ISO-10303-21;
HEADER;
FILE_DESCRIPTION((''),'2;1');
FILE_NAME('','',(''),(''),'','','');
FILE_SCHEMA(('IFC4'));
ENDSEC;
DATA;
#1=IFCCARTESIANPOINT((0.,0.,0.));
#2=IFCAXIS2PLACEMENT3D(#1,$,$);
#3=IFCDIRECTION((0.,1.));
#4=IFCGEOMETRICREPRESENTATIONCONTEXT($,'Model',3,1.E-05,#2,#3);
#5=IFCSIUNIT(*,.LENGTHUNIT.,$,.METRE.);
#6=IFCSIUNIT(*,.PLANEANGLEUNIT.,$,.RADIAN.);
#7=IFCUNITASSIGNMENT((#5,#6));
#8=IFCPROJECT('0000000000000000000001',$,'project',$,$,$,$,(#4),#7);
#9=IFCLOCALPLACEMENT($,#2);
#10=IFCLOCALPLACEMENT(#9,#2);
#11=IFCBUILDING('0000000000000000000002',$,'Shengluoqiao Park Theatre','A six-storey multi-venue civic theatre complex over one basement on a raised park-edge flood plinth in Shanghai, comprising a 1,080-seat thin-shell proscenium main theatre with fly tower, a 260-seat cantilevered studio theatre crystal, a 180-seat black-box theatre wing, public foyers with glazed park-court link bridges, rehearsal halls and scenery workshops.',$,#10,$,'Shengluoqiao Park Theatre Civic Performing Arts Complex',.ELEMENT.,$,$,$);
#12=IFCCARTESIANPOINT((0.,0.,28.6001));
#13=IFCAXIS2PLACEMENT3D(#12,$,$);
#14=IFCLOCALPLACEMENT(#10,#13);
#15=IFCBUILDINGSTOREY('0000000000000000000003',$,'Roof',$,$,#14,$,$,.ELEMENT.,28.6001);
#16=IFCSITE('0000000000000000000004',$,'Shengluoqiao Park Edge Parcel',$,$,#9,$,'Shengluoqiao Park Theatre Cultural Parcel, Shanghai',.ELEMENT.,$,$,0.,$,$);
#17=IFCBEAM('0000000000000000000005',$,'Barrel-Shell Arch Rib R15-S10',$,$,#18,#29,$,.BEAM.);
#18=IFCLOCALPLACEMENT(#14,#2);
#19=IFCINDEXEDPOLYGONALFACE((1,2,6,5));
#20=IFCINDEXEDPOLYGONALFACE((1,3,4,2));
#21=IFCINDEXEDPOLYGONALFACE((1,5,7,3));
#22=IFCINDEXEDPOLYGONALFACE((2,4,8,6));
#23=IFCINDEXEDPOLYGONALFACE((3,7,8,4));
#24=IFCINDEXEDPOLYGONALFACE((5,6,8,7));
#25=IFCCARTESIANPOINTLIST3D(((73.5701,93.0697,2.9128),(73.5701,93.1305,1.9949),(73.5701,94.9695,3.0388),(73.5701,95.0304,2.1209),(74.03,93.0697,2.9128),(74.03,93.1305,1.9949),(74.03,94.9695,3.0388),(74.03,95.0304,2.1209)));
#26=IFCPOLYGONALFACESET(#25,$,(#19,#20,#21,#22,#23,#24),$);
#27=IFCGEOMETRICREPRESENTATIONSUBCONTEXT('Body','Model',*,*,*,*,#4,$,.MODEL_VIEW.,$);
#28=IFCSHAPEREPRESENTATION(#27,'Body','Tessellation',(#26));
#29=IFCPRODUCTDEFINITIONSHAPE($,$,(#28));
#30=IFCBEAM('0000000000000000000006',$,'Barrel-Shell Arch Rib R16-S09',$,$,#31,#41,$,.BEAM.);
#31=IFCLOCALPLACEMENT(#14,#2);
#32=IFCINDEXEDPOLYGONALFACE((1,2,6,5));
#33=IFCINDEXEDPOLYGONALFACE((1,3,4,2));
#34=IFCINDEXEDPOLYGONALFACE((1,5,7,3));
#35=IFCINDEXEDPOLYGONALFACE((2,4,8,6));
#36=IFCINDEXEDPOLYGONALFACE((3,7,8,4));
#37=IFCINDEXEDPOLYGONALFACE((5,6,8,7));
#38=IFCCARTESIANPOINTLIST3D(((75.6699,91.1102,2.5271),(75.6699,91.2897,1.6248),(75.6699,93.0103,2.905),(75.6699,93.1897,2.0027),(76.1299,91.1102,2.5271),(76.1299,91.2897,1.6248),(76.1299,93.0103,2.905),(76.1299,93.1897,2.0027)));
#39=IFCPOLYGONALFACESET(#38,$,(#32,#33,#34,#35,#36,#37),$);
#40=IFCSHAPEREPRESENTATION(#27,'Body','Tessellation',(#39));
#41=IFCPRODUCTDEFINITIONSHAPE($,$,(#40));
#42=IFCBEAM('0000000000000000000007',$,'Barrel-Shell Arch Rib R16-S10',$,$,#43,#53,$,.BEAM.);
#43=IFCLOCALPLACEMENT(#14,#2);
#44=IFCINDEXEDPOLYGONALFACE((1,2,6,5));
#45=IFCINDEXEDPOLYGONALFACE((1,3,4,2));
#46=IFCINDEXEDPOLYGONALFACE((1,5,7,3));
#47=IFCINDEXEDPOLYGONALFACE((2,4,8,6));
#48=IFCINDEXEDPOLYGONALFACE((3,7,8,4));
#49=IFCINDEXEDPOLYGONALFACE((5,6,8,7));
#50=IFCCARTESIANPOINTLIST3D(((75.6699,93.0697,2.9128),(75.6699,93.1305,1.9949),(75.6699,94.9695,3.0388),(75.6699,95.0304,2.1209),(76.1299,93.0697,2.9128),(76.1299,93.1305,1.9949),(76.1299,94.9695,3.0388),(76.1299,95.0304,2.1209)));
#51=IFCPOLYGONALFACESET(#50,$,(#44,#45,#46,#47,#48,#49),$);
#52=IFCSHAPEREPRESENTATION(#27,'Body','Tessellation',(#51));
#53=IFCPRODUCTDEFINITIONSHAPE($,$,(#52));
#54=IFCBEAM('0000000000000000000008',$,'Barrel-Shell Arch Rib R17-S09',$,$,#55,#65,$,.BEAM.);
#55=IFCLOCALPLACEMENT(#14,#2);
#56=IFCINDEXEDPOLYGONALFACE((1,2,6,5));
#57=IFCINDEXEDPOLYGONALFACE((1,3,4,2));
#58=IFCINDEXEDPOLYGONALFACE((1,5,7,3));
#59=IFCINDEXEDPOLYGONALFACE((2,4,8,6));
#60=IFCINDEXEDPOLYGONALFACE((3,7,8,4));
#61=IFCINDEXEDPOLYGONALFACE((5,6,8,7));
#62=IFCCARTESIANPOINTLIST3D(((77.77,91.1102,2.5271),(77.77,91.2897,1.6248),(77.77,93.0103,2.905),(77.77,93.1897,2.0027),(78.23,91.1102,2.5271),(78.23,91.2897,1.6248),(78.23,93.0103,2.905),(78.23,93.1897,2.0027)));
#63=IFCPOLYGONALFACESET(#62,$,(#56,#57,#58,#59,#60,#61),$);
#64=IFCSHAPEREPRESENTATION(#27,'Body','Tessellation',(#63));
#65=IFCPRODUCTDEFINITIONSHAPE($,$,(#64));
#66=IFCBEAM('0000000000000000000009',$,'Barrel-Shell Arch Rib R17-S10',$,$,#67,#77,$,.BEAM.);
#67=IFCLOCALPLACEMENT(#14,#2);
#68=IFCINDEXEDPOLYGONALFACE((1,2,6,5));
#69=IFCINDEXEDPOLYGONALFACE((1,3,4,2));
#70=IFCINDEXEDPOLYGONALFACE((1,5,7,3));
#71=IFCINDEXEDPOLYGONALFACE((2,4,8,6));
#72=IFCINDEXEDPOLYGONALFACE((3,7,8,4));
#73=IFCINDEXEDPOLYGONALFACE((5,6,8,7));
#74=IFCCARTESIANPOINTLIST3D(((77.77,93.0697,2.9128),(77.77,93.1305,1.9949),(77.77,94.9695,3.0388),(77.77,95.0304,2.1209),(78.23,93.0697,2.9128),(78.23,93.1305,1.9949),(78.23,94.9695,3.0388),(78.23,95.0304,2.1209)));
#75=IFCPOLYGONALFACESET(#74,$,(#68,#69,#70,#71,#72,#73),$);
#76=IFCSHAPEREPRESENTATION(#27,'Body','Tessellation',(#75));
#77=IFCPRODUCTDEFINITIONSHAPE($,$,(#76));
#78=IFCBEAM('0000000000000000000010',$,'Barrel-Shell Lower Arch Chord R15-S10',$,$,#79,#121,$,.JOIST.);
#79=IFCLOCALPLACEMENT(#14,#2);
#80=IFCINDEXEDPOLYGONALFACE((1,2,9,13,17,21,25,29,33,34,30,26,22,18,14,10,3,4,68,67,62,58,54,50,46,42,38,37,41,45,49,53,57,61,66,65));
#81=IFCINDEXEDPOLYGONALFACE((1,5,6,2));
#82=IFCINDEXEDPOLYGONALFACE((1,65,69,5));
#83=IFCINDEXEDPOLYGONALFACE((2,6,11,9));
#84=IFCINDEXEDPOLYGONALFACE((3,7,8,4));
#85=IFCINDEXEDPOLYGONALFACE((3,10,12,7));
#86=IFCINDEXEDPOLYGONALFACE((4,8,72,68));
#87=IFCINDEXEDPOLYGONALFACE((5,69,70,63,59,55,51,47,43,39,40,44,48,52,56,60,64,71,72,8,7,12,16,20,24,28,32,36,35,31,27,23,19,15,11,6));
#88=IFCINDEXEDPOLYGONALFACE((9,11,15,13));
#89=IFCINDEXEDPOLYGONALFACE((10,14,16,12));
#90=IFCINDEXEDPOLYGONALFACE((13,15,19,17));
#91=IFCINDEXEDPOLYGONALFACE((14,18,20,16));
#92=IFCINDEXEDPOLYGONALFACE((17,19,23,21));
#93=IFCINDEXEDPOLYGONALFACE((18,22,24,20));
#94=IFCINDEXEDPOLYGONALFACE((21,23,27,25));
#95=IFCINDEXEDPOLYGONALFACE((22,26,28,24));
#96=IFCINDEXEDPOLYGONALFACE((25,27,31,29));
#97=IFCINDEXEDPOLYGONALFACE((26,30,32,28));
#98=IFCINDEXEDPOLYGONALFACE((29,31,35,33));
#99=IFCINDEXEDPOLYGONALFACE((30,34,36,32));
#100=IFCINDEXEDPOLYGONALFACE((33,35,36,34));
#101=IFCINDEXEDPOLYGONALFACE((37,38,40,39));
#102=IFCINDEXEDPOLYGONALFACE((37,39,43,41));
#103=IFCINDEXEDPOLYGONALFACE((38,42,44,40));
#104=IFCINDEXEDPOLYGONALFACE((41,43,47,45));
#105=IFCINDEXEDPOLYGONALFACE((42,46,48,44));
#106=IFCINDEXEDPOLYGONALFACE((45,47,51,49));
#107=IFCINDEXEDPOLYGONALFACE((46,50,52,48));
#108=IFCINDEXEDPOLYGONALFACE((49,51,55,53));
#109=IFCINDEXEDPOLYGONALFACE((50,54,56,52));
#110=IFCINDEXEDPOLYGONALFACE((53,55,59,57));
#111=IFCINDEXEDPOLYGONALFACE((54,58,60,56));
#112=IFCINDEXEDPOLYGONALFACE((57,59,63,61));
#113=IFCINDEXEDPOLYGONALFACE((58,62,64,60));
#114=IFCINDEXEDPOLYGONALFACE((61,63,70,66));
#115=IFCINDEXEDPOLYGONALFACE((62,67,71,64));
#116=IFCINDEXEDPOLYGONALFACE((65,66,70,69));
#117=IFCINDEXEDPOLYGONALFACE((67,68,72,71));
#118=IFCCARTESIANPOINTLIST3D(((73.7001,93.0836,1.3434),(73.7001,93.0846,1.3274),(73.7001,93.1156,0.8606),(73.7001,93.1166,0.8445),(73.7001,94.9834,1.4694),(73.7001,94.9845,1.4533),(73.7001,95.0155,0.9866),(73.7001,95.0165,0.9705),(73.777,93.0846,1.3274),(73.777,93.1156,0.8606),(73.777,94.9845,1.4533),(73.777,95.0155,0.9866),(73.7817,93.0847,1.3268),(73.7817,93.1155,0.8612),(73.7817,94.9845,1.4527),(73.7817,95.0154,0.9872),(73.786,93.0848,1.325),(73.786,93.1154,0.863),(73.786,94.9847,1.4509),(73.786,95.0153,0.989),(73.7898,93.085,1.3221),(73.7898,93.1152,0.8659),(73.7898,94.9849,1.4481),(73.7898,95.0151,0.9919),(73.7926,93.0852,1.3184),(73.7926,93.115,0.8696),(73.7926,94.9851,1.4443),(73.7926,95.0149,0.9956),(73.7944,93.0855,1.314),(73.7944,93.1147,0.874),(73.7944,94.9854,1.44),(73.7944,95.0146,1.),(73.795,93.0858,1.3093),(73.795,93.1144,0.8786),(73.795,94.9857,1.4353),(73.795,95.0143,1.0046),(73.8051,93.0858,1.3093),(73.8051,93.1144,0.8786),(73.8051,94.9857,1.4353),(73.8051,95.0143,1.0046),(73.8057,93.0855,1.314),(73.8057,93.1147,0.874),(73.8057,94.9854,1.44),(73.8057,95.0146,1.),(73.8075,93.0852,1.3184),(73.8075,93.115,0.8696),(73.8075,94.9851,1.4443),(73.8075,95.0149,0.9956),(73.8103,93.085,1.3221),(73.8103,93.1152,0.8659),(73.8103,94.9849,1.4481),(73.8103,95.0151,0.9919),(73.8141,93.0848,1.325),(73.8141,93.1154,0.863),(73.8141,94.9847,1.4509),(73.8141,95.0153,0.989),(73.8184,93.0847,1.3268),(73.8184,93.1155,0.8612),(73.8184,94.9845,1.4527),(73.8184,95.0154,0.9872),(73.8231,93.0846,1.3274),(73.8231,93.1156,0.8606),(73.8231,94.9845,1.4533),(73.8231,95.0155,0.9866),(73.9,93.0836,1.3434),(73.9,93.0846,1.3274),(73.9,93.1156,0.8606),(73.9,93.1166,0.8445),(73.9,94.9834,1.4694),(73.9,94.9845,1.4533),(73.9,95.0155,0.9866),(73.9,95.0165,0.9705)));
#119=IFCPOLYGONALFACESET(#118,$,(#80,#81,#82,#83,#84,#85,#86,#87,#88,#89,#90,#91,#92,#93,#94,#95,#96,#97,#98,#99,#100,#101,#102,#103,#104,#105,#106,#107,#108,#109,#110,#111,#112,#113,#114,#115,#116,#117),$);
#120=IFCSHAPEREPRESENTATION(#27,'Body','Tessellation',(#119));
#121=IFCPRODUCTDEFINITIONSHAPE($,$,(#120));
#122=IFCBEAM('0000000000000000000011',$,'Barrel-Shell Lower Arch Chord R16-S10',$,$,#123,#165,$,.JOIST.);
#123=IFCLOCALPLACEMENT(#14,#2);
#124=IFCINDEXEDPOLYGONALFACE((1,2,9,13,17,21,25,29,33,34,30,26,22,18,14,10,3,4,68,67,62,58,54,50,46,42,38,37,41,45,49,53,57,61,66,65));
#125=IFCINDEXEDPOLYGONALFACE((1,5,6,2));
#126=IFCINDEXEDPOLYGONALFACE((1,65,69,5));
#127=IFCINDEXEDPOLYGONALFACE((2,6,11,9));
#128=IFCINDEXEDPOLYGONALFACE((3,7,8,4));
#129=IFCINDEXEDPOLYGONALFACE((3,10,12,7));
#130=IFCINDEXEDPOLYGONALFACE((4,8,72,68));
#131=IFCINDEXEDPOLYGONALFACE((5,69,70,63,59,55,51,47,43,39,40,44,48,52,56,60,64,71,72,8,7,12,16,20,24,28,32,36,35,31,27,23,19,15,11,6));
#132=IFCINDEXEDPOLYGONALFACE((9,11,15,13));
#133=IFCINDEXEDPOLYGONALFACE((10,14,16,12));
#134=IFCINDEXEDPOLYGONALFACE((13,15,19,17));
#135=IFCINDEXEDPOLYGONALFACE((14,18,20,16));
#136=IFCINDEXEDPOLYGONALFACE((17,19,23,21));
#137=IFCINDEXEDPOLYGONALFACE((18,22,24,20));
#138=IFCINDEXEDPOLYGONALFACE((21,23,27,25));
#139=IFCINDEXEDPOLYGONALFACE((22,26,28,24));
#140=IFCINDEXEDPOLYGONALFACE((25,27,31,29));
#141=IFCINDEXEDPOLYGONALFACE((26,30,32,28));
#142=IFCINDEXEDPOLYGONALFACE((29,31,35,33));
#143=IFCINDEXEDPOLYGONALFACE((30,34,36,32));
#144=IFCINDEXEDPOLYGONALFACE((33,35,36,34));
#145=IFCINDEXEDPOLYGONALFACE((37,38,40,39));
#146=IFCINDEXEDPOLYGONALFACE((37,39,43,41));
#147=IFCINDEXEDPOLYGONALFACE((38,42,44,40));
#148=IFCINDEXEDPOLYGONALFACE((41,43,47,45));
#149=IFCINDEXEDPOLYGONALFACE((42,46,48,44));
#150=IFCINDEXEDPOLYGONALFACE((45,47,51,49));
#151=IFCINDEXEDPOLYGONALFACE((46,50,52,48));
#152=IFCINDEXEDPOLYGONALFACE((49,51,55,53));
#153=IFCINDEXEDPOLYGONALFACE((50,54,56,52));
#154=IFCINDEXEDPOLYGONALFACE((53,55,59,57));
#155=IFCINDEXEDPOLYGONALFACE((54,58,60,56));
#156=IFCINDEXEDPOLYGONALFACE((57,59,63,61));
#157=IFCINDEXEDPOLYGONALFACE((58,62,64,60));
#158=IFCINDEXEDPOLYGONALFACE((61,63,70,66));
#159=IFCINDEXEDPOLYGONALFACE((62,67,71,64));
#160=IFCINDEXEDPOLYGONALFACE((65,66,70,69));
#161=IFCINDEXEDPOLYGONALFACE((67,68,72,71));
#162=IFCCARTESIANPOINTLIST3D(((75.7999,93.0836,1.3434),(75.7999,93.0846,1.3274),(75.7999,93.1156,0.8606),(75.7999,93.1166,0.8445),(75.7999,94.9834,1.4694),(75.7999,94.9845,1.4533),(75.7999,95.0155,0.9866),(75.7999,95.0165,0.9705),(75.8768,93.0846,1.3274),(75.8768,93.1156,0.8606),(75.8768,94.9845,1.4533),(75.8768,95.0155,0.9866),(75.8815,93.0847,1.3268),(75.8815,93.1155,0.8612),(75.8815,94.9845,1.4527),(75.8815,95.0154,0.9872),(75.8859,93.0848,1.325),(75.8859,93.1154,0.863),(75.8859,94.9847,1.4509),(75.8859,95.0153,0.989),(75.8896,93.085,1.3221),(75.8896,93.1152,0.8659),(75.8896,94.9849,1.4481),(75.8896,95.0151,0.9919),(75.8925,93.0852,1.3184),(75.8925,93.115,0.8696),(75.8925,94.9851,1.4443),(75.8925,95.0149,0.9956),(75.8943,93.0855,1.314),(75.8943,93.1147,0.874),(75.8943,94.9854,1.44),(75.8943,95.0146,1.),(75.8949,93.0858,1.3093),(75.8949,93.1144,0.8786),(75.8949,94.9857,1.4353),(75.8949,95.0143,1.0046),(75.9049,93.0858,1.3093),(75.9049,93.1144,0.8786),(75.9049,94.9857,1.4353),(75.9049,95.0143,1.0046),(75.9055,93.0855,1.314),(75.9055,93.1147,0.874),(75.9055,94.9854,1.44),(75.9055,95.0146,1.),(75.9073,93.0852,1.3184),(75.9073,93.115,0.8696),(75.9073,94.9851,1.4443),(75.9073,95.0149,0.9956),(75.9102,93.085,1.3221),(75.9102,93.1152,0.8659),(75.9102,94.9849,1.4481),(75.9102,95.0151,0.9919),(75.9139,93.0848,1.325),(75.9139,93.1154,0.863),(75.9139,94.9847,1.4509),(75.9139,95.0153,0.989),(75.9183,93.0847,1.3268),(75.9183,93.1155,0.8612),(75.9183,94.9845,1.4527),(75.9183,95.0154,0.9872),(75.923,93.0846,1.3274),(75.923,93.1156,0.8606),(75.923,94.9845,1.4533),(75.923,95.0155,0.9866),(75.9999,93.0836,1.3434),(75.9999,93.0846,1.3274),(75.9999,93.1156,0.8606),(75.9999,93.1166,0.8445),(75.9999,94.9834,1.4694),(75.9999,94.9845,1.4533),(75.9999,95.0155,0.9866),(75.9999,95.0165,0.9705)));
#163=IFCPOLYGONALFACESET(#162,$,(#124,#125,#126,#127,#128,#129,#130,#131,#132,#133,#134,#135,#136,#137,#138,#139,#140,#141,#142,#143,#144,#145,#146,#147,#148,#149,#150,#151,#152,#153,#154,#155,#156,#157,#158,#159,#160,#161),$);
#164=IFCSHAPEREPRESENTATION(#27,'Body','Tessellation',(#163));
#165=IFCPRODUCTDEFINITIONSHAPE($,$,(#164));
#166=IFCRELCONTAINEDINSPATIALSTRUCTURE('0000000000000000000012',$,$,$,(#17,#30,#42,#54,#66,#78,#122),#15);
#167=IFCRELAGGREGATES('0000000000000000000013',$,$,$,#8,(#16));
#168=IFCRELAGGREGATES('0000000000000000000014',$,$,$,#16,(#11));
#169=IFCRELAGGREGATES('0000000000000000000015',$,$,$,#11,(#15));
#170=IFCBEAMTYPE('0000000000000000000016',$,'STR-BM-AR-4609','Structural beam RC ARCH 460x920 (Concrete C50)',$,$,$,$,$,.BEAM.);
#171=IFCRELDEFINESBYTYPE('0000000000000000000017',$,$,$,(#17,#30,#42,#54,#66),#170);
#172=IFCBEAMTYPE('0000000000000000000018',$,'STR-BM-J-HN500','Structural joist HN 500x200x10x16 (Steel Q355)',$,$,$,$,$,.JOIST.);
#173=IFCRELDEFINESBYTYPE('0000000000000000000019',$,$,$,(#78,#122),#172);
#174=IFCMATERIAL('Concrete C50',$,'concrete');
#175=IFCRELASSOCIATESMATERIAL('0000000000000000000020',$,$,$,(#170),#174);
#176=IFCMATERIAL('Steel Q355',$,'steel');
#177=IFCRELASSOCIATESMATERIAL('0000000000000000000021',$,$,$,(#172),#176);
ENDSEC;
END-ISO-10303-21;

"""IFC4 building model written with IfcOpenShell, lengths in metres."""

from ifc_helpers import new_model, si_unit, direction, frame, origin, origin_2d, place, context, subcontext, project, spatial, rectangle, i_section, extrude, material, material_profile, profile_set, type_object, element, save


model = new_model("IFC4")

# Units and contexts
model_context = context("Model", 3, precision=1e-05, world=origin(), true_north=direction((0.0, 1.0)))
body_context = subcontext(model_context, "Body", "Model", "MODEL_VIEW")
ifc_project = project(units=[si_unit("LENGTHUNIT", "METRE"), si_unit("PLANEANGLEUNIT", "RADIAN")], contexts=[model_context])

# Site, building, storey
site_placement = place(None, origin())
site = spatial("IfcSite", under=ifc_project, at=site_placement, Name="Shengluoqiao Park Edge Parcel", LongName="Shengluoqiao Park Theatre Cultural Parcel, Shanghai", CompositionType="ELEMENT", RefElevation=0.0)
building_placement = place(site_placement, origin())
building = spatial("IfcBuilding", under=site, at=building_placement, Name="Shengluoqiao Park Theatre", Description="A six-storey multi-venue civic theatre complex over one basement on a raised park-edge flood plinth in Shanghai, comprising a 1,080-seat thin-shell proscenium main theatre with fly tower, a 260-seat cantilevered studio theatre crystal, a 180-seat black-box theatre wing, public foyers with glazed park-court link bridges, rehearsal halls and scenery workshops.", LongName="Shengluoqiao Park Theatre Civic Performing Arts Complex", CompositionType="ELEMENT")
storey_placement = place(building_placement, frame((0.0, 0.0, 28.6001)))
storey = spatial("IfcBuildingStorey", under=building, at=storey_placement, Name="Roof", CompositionType="ELEMENT", Elevation=28.6001)

# Beams
ifc_material_1 = material(Name="Concrete C50", Category="concrete")
ifc_material_profile_1 = material_profile(ifc_material_1, rectangle(XDim=0.46, YDim=0.9199, at=origin_2d()), Name="RC ARCH 460x920")
ifc_profile_set_1 = profile_set([ifc_material_profile_1], Name="Concrete C50")
beam_type_1 = type_object("IfcBeamType", Name="STR-BM-AR-4609", Description="Structural beam RC ARCH 460x920 (Concrete C50)", PredefinedType="BEAM", material=ifc_profile_set_1)
beam_1_placement = place(storey_placement, frame((73.8, 93.1001, 2.4539), z_axis=(0.0, 0.997809, 0.066162), x_axis=(-1.0, 0.0, 0.0)))
element("IfcBeam", 1, at=beam_1_placement, inside=storey, type_object=beam_type_1, Name="Barrel-Shell Arch Rib R15-S10", PredefinedType="BEAM", context=body_context, shape_type="SweptSolid", body=[
    extrude(rectangle(XDim=0.46, YDim=0.9199, at=origin_2d()), origin(), (0.0, 0.0, 1.0), 1.9041),
])
beam_2_placement = place(storey_placement, frame((75.8999, 91.2, 2.0759), z_axis=(0.0, 0.980789, 0.195074), x_axis=(-1.0, 0.0, 0.0)))
element("IfcBeam", 2, at=beam_2_placement, inside=storey, type_object=beam_type_1, Name="Barrel-Shell Arch Rib R16-S09", PredefinedType="BEAM", context=body_context, shape_type="SweptSolid", body=[
    extrude(rectangle(XDim=0.46, YDim=0.9199, at=origin_2d()), origin(), (0.0, 0.0, 1.0), 1.9373),
])
beam_3_placement = place(storey_placement, frame((75.8999, 93.1001, 2.4539), z_axis=(0.0, 0.997809, 0.066162), x_axis=(-1.0, 0.0, 0.0)))
element("IfcBeam", 3, at=beam_3_placement, inside=storey, type_object=beam_type_1, Name="Barrel-Shell Arch Rib R16-S10", PredefinedType="BEAM", context=body_context, shape_type="SweptSolid", body=[
    extrude(rectangle(XDim=0.46, YDim=0.9199, at=origin_2d()), origin(), (0.0, 0.0, 1.0), 1.9041),
])
beam_4_placement = place(storey_placement, frame((78.0, 91.2, 2.0759), z_axis=(0.0, 0.980789, 0.195074), x_axis=(-1.0, 0.0, 0.0)))
element("IfcBeam", 4, at=beam_4_placement, inside=storey, type_object=beam_type_1, Name="Barrel-Shell Arch Rib R17-S09", PredefinedType="BEAM", context=body_context, shape_type="SweptSolid", body=[
    extrude(rectangle(XDim=0.46, YDim=0.9199, at=origin_2d()), origin(), (0.0, 0.0, 1.0), 1.9373),
])
beam_5_placement = place(storey_placement, frame((78.0, 93.1001, 2.4539), z_axis=(0.0, 0.997809, 0.066162), x_axis=(-1.0, 0.0, 0.0)))
element("IfcBeam", 5, at=beam_5_placement, inside=storey, type_object=beam_type_1, Name="Barrel-Shell Arch Rib R17-S10", PredefinedType="BEAM", context=body_context, shape_type="SweptSolid", body=[
    extrude(rectangle(XDim=0.46, YDim=0.9199, at=origin_2d()), origin(), (0.0, 0.0, 1.0), 1.9041),
])
ifc_material_2 = material(Name="Steel Q355", Category="steel")
ifc_material_profile_2 = material_profile(ifc_material_2, i_section(OverallWidth=0.2, OverallDepth=0.5, WebThickness=0.01, FlangeThickness=0.0161, FilletRadius=0.0181, at=origin_2d()), Name="HN 500x200x10x16")
ifc_profile_set_2 = profile_set([ifc_material_profile_2], Name="Steel Q355")
beam_type_2 = type_object("IfcBeamType", Name="STR-BM-J-HN500", Description="Structural joist HN 500x200x10x16 (Steel Q355)", PredefinedType="JOIST", material=ifc_profile_set_2)
for number, where, z_axis, x_axis, name in (
    (6, (73.8, 93.1001, 1.094), (0.0, 0.997809, 0.066162), (-1.0, 0.0, 0.0), "Barrel-Shell Lower Arch Chord R15-S10"),
    (7, (75.8999, 93.1001, 1.094), (0.0, 0.997809, 0.066162), (-1.0, 0.0, 0.0), "Barrel-Shell Lower Arch Chord R16-S10"),
):
    element("IfcBeam", number, at=place(storey_placement, frame(where, z_axis=z_axis, x_axis=x_axis)), inside=storey, type_object=beam_type_2, Name=name, PredefinedType="JOIST", context=body_context, shape_type="SweptSolid", body=[
        extrude(i_section(OverallWidth=0.2, OverallDepth=0.5, WebThickness=0.01, FlangeThickness=0.0161, FilletRadius=0.0181, at=origin_2d()), origin(), (0.0, 0.0, 1.0), 1.9041),
    ])

save(model, "model.ifc")
